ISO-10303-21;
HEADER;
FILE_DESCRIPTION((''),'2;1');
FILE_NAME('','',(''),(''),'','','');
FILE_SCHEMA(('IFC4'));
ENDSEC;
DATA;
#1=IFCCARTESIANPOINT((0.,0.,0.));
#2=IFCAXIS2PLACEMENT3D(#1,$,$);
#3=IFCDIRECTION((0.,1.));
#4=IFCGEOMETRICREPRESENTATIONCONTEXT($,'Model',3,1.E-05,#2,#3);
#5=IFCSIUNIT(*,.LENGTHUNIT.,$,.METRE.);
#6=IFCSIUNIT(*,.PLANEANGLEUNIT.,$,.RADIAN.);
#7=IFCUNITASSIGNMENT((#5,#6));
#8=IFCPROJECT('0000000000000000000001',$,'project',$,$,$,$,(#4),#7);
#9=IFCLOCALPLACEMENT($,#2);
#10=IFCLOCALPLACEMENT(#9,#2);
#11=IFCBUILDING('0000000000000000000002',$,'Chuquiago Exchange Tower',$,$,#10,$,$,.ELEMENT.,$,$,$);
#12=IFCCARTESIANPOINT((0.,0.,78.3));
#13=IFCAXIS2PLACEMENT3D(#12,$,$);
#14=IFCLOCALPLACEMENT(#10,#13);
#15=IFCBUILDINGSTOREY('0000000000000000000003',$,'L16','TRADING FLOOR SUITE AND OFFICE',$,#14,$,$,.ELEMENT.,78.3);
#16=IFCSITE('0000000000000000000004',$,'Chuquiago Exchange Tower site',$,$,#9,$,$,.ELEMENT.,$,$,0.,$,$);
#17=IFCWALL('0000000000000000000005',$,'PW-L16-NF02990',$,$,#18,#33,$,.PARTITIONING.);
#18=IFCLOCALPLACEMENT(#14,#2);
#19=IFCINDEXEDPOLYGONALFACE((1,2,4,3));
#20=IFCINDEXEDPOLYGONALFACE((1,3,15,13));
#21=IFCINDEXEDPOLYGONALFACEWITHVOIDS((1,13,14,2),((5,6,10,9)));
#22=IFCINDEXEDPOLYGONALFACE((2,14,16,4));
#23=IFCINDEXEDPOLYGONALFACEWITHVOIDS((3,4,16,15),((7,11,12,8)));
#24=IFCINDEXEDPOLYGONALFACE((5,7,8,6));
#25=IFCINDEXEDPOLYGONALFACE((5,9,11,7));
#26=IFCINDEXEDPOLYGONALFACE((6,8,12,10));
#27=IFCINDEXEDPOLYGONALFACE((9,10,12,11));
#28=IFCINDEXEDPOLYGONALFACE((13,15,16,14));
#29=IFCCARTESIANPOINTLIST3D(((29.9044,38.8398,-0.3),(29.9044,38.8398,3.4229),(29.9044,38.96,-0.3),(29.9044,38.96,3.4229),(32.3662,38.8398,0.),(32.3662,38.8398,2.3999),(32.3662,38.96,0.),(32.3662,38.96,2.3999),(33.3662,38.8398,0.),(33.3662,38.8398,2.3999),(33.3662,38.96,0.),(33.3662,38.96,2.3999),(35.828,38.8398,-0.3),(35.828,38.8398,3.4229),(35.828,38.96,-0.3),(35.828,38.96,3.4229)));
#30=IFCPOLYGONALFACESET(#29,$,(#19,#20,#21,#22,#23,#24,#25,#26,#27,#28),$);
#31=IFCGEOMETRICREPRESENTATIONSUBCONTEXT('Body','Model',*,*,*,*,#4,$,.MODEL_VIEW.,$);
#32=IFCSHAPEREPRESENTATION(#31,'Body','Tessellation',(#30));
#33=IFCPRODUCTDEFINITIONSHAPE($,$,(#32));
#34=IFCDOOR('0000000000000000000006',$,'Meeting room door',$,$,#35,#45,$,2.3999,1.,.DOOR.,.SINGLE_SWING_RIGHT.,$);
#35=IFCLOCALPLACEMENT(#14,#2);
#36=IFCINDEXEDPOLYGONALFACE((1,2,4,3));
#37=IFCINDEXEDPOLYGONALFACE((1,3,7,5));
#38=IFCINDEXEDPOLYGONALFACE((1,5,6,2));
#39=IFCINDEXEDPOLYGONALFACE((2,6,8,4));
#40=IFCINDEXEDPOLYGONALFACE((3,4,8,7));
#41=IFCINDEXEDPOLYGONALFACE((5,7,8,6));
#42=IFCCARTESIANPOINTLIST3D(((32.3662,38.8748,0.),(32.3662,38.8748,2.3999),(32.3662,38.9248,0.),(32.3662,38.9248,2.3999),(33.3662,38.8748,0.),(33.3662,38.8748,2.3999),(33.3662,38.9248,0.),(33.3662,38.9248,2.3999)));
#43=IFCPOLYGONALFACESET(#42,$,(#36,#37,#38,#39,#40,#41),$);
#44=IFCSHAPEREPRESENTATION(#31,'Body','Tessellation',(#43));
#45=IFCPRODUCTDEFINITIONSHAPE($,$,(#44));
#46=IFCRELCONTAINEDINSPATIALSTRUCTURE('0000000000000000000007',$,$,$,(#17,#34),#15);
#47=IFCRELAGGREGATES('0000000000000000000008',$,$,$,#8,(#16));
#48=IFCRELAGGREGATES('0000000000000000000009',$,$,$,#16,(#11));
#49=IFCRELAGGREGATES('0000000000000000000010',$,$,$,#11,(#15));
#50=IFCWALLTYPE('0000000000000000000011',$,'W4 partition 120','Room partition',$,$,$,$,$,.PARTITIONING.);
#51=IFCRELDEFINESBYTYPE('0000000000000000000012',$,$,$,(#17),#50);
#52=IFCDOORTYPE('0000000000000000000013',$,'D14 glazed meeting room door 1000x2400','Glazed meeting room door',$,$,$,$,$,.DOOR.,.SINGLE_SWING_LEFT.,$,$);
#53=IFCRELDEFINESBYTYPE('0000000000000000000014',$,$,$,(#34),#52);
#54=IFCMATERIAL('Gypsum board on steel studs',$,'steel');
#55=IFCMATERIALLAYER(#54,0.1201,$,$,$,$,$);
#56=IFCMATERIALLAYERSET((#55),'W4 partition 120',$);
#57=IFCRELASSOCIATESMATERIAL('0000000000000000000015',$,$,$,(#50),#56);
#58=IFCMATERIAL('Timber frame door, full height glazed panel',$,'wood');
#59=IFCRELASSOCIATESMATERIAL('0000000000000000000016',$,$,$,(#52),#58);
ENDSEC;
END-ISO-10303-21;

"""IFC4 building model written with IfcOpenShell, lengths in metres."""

from ifc_helpers import new_model, si_unit, direction, frame, frame_2d, origin, place, context, subcontext, project, spatial, rectangle, extrude, material, layer, layer_set, type_object, element, fill, save


model = new_model("IFC4")

# Units and contexts
model_context = context("Model", 3, precision=1e-05, world=origin(), true_north=direction((0.0, 1.0)))
body_context = subcontext(model_context, "Body", "Model", "MODEL_VIEW")
ifc_project = project(units=[si_unit("LENGTHUNIT", "METRE"), si_unit("PLANEANGLEUNIT", "RADIAN")], contexts=[model_context])

# Site, building, storey
site_placement = place(None, origin())
site = spatial("IfcSite", under=ifc_project, at=site_placement, Name="Chuquiago Exchange Tower site", CompositionType="ELEMENT", RefElevation=0.0)
building_placement = place(site_placement, origin())
building = spatial("IfcBuilding", under=site, at=building_placement, Name="Chuquiago Exchange Tower", CompositionType="ELEMENT")
storey_placement = place(building_placement, frame((0.0, 0.0, 78.3)))
storey = spatial("IfcBuildingStorey", under=building, at=storey_placement, Name="L16", Description="TRADING FLOOR SUITE AND OFFICE", CompositionType="ELEMENT", Elevation=78.3)

# Shared definitions
ifc_material_1 = material(Name="Gypsum board on steel studs", Category="steel")
ifc_layer_1 = layer(ifc_material_1, 0.1201)
ifc_layer_set_1 = layer_set([ifc_layer_1], Name="W4 partition 120")
wall_type_1 = type_object("IfcWallType", Name="W4 partition 120", Description="Room partition", PredefinedType="PARTITIONING", material=ifc_layer_set_1)

# Wall, opening, door
wall_1_placement = place(storey_placement, frame((29.9043, 38.8999, -0.3), z_axis=(0.0, 0.0, 1.0), x_axis=(1.0, 0.0, 0.0)))
wall_1 = element("IfcWall", 1, at=wall_1_placement, inside=storey, type_object=wall_type_1, Name="PW-L16-NF02990", PredefinedType="PARTITIONING", context=body_context, shape_type="SweptSolid", body=[
    extrude(rectangle(XDim=5.9236, YDim=0.1201, at=frame_2d((2.9619, 0.0))), origin(), (0.0, 0.0, 1.0), 3.7229),
])
opening_1_placement = place(wall_1_placement, frame((2.4619, 0.0, 0.3)))
opening_1 = element("IfcOpeningElement", 2, at=opening_1_placement, cuts=wall_1, PredefinedType="OPENING", context=body_context, shape_type="SweptSolid", body=[
    extrude(rectangle(XDim=1.0, YDim=2.3999, at=frame_2d((0.5, 1.2))), frame((0.0, 0.0701, 0.0), z_axis=(0.0, -1.0, 0.0), x_axis=(1.0, 0.0, 0.0)), (0.0, 0.0, 1.0), 0.1401),
])
ifc_material_2 = material(Name="Timber frame door, full height glazed panel", Category="wood")
door_type_1 = type_object("IfcDoorType", Name="D14 glazed meeting room door 1000x2400", Description="Glazed meeting room door", OperationType="SINGLE_SWING_LEFT", PredefinedType="DOOR", material=ifc_material_2)
door_1_placement = place(opening_1_placement, origin())
door_1 = element("IfcDoor", 3, at=door_1_placement, inside=storey, type_object=door_type_1, Name="Meeting room door", OperationType="SINGLE_SWING_RIGHT", OverallHeight=2.3999, OverallWidth=1.0, PredefinedType="DOOR", context=body_context, shape_type="SweptSolid", body=[
    extrude(rectangle(XDim=1.0, YDim=2.3999, at=frame_2d((0.5, 1.2))), frame((0.0, 0.0249, 0.0), z_axis=(0.0, -1.0, 0.0), x_axis=(1.0, 0.0, 0.0)), (0.0, 0.0, 1.0), 0.05),
])
fill(opening_1, door_1)

save(model, "model.ifc")
